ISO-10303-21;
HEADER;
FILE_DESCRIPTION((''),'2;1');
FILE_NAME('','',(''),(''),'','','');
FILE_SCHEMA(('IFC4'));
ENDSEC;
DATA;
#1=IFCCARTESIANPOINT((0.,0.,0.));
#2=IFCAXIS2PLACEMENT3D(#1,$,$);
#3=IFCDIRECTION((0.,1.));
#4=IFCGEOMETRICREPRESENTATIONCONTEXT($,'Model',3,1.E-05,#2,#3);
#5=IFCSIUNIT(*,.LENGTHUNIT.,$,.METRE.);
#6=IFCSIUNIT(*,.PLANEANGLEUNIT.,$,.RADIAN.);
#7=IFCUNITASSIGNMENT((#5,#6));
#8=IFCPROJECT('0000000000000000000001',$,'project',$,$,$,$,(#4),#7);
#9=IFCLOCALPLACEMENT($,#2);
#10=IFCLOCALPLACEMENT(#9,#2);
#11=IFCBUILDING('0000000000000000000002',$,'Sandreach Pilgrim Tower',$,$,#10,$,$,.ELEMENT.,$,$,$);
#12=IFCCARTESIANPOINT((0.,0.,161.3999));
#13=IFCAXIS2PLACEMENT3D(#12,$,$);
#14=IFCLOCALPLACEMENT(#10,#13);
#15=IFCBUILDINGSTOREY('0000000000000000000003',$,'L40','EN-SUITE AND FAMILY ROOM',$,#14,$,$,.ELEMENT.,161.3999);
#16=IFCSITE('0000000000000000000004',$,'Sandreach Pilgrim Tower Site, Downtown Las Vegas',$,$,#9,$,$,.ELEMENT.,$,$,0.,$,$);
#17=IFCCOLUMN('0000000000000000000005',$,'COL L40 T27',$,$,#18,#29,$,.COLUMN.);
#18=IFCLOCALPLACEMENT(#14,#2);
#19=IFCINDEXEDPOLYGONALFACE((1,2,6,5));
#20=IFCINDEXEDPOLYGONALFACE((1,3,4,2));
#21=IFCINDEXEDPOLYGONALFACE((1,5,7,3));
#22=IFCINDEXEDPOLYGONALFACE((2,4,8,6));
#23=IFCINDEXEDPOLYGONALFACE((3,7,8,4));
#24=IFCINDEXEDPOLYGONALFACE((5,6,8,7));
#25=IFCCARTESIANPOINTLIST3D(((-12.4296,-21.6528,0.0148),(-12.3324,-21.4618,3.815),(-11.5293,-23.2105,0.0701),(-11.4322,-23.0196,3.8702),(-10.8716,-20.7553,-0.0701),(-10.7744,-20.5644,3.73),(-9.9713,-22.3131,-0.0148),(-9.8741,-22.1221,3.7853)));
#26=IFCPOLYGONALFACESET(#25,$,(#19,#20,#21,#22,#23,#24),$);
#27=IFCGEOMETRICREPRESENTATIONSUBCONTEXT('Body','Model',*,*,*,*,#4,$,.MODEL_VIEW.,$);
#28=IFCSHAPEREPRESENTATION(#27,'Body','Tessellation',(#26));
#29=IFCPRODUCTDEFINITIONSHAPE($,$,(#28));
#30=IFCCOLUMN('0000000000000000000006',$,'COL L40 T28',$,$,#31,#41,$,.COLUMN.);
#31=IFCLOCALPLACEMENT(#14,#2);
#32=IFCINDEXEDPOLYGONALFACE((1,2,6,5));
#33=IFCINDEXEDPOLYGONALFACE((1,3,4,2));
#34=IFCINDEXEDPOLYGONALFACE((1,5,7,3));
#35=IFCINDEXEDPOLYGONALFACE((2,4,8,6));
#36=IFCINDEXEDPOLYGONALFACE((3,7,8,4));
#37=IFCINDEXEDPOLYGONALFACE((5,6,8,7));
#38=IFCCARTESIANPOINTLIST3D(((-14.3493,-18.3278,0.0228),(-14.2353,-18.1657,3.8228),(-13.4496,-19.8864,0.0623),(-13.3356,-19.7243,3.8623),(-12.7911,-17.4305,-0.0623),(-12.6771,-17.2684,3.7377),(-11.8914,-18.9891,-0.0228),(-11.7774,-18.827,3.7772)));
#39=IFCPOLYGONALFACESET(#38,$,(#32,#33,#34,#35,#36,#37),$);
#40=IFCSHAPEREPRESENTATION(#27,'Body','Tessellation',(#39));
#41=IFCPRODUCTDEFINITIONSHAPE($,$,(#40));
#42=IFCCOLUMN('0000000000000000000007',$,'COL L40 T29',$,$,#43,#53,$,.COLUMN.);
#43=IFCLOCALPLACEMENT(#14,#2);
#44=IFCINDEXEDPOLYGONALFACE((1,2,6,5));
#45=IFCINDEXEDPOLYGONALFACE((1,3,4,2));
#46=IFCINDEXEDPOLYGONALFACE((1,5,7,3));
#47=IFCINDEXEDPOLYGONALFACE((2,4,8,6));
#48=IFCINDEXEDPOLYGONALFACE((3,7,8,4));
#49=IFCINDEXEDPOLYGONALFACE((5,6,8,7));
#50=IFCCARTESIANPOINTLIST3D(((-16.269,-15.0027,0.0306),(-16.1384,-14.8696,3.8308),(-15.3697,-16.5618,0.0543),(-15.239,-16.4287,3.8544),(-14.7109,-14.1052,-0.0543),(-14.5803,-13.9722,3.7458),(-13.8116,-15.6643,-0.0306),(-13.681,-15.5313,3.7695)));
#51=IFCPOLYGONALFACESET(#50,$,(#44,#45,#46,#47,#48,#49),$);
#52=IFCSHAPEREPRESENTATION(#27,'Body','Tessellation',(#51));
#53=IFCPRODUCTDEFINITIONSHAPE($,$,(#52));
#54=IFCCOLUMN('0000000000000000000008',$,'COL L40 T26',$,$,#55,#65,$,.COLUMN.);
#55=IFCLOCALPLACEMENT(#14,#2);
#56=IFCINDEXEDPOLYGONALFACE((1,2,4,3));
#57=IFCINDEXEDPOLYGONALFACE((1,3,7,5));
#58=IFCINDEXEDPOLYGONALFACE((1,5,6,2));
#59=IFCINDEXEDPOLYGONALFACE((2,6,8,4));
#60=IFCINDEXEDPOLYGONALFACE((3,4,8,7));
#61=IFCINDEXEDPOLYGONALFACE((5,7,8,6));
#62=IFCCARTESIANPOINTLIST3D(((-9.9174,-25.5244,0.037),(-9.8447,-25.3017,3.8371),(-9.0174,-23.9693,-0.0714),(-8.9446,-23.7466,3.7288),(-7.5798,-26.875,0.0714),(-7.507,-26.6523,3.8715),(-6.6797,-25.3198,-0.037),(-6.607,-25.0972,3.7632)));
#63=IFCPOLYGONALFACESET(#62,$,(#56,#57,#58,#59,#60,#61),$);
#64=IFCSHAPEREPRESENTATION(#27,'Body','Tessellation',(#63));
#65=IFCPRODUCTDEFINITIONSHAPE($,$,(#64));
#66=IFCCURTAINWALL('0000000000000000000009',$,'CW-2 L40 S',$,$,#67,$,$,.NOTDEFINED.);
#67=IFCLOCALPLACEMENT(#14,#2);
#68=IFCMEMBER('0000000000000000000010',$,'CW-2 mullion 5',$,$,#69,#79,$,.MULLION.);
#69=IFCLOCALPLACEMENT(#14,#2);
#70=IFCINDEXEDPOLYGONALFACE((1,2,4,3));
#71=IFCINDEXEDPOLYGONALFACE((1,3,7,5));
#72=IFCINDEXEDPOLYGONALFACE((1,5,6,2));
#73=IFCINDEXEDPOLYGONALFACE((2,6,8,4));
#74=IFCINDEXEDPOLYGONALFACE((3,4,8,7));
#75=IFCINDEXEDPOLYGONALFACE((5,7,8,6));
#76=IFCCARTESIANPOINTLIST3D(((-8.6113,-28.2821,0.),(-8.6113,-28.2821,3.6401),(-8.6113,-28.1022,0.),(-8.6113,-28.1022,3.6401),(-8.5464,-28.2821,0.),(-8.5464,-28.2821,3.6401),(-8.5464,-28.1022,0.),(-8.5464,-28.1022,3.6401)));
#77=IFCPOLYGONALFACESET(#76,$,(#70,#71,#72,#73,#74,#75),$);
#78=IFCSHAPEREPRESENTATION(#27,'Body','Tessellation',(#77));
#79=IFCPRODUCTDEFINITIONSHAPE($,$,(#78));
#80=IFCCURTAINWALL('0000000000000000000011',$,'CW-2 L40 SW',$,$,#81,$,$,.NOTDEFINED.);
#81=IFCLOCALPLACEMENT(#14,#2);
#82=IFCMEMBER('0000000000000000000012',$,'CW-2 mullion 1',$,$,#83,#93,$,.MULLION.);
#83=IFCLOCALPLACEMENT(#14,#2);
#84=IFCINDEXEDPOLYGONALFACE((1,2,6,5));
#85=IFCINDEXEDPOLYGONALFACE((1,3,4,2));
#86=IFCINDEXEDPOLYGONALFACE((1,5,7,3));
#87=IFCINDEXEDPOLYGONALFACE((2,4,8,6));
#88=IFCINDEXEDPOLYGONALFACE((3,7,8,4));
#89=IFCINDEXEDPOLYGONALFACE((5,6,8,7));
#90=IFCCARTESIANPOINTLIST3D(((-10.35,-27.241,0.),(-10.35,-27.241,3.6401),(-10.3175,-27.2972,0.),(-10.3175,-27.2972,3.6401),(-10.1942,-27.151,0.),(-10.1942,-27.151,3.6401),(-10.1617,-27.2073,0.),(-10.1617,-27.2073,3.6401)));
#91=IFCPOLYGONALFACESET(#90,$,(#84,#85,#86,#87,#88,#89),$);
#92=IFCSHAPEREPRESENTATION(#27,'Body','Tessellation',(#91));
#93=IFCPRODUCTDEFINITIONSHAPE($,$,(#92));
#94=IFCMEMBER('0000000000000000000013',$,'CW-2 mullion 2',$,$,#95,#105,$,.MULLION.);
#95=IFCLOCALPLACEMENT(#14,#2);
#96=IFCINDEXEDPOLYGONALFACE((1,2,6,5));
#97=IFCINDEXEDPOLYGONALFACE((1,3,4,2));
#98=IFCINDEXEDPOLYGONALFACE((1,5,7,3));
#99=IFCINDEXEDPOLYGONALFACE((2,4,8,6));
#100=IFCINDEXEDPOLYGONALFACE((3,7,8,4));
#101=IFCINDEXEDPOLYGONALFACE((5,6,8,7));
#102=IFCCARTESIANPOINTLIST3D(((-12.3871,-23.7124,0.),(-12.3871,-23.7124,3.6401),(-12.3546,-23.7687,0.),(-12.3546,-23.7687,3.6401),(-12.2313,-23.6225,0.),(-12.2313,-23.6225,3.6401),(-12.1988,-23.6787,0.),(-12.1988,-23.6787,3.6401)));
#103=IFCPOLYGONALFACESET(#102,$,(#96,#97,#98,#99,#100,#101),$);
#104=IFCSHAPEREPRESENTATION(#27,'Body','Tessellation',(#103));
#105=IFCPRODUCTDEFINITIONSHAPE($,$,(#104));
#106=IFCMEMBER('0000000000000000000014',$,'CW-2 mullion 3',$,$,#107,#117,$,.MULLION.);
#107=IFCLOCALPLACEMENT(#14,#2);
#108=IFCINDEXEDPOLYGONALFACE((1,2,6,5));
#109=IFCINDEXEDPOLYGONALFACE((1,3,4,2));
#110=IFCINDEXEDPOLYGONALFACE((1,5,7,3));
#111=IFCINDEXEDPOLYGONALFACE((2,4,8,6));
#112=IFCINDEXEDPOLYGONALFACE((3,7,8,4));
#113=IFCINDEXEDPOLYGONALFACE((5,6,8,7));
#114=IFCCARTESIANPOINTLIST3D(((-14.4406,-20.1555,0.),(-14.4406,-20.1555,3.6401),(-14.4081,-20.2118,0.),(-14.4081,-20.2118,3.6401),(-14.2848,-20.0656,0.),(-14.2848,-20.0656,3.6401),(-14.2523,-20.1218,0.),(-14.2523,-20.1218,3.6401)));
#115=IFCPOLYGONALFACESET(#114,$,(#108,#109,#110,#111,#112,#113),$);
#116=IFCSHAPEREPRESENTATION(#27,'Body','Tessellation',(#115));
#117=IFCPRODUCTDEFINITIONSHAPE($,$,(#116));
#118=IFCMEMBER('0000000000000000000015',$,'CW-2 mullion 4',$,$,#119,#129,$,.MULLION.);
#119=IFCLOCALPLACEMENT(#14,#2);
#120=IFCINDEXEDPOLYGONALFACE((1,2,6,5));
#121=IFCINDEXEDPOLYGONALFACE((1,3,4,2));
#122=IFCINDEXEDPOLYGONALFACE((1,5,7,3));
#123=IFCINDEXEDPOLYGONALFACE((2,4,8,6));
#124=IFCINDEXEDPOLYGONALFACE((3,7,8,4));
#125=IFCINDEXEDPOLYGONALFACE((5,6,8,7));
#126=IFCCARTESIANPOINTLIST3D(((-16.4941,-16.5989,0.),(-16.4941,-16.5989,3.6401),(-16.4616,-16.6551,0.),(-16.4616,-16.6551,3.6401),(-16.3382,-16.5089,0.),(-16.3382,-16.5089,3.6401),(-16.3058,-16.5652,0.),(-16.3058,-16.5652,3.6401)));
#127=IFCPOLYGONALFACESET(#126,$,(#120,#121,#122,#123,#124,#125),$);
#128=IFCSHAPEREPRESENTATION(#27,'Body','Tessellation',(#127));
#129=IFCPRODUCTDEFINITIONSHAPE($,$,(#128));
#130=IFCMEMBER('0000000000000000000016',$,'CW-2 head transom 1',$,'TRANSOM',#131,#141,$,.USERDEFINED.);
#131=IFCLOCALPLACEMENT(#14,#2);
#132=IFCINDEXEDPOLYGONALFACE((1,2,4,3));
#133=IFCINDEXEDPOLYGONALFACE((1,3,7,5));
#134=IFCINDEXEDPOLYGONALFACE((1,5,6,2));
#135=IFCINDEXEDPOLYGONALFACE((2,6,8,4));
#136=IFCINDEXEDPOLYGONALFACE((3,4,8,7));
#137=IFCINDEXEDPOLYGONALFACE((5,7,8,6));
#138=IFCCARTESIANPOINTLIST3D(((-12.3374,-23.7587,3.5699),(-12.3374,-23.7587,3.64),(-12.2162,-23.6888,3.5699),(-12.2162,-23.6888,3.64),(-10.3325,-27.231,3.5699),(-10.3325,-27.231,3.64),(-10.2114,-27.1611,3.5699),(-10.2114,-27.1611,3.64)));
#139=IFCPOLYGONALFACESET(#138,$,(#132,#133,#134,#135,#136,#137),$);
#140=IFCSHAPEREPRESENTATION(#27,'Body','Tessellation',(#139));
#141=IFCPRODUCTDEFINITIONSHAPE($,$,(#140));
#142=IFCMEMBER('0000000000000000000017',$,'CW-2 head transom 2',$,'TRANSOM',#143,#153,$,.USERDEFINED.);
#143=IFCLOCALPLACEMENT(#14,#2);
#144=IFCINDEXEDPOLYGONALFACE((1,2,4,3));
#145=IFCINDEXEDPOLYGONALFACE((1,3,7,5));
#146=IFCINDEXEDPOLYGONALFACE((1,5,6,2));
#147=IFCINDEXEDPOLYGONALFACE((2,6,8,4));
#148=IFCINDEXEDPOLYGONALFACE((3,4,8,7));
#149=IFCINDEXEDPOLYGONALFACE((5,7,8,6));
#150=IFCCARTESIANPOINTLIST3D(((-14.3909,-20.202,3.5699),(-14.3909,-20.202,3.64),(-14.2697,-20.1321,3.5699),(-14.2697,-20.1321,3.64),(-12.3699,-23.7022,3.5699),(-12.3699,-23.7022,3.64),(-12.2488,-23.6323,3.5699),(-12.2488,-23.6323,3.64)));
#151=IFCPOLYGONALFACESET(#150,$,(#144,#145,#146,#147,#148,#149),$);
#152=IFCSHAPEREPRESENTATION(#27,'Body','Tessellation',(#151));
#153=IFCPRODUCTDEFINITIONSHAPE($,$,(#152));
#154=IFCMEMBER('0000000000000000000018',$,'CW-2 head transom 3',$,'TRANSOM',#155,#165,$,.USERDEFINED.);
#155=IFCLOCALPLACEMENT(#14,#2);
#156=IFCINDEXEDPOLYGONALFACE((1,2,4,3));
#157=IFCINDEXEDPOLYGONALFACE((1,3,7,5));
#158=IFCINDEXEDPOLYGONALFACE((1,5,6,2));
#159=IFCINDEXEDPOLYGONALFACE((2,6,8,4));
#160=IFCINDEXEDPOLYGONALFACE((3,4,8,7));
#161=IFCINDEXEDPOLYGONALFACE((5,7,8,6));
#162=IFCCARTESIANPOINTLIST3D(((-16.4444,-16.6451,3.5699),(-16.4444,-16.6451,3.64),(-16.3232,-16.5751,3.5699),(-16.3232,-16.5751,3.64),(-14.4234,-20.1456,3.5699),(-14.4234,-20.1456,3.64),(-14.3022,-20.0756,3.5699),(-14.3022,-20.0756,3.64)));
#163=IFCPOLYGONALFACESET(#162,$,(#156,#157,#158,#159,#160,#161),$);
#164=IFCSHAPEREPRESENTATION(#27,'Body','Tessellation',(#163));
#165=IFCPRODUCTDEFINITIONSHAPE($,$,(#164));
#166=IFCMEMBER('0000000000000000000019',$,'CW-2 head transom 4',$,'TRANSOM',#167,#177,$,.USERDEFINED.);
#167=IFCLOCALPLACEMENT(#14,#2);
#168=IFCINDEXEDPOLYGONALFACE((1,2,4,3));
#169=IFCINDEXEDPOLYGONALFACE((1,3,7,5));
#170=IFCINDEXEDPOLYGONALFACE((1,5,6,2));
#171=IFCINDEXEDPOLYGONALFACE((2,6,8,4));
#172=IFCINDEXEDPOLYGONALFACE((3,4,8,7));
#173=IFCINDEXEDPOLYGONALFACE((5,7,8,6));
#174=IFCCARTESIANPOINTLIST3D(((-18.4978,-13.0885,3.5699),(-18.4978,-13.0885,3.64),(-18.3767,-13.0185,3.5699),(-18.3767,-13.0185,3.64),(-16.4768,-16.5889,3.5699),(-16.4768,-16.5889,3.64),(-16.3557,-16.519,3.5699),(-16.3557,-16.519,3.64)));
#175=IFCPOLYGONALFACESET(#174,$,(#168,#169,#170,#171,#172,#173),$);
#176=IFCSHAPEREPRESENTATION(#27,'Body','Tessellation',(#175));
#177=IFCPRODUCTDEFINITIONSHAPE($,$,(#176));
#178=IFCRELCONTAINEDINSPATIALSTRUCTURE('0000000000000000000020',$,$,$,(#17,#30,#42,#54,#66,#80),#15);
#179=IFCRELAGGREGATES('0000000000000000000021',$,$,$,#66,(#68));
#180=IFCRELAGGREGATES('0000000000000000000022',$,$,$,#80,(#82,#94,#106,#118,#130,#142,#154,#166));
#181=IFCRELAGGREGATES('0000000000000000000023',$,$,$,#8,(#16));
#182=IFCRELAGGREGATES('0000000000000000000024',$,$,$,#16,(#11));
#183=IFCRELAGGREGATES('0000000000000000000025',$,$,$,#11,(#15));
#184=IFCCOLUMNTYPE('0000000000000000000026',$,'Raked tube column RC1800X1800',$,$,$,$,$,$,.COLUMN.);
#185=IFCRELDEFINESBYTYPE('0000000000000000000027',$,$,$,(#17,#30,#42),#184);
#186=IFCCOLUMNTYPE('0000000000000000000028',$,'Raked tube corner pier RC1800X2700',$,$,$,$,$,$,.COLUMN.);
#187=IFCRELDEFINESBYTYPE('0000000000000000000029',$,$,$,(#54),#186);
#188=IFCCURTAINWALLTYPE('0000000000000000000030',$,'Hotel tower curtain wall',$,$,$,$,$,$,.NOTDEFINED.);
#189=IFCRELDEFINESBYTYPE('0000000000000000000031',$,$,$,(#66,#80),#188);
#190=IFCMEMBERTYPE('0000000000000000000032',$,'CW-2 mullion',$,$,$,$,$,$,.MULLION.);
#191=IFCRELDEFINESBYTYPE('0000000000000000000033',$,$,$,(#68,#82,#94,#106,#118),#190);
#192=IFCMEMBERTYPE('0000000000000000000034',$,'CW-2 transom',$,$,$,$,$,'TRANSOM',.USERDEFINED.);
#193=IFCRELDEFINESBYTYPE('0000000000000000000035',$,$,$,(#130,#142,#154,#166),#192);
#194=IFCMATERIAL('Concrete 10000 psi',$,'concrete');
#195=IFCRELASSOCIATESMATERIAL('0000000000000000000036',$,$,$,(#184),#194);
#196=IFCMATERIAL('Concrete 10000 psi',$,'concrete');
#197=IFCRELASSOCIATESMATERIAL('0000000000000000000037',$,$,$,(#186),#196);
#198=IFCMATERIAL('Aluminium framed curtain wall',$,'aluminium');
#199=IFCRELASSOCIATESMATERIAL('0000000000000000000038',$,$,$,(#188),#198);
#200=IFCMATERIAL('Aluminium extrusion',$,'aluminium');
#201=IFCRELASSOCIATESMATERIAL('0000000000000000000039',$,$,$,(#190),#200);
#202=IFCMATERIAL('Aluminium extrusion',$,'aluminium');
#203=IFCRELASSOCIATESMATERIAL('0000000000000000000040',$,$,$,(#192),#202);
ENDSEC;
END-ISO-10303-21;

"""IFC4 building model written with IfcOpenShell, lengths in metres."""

from ifc_helpers import new_model, si_unit, direction, frame, origin, origin_2d, place, context, subcontext, project, spatial, rectangle, extrude, material, material_profile, profile_set, type_object, element, aggregate, save


model = new_model("IFC4")

# Units and contexts
model_context = context("Model", 3, precision=1e-05, world=origin(), true_north=direction((0.0, 1.0)))
body_context = subcontext(model_context, "Body", "Model", "MODEL_VIEW")
ifc_project = project(units=[si_unit("LENGTHUNIT", "METRE"), si_unit("PLANEANGLEUNIT", "RADIAN")], contexts=[model_context])

# Site, building, storey
site_placement = place(None, origin())
site = spatial("IfcSite", under=ifc_project, at=site_placement, Name="Sandreach Pilgrim Tower Site, Downtown Las Vegas", CompositionType="ELEMENT", RefElevation=0.0)
building_placement = place(site_placement, origin())
building = spatial("IfcBuilding", under=site, at=building_placement, Name="Sandreach Pilgrim Tower", CompositionType="ELEMENT")
storey_placement = place(building_placement, frame((0.0, 0.0, 161.3999)))
storey = spatial("IfcBuildingStorey", under=building, at=storey_placement, Name="L40", Description="EN-SUITE AND FAMILY ROOM", CompositionType="ELEMENT", Elevation=161.3999)

# Columns
ifc_material_1 = material(Name="Concrete 10000 psi", Category="concrete")
ifc_material_profile_1 = material_profile(ifc_material_1, rectangle(XDim=1.8, YDim=1.8, at=origin_2d()), Name="RC1800X1800")
ifc_profile_set_1 = profile_set([ifc_material_profile_1], Name="Concrete 10000 psi")
column_type_1 = type_object("IfcColumnType", Name="Raked tube column RC1800X1800", PredefinedType="COLUMN", material=ifc_profile_set_1)
column_1_placement = place(storey_placement, frame((-11.2004, -21.9829, 0.0), z_axis=(0.02553, 0.050161, 0.998415), x_axis=(-0.865565, -0.498569, 0.047181)))
element("IfcColumn", 1, at=column_1_placement, inside=storey, type_object=column_type_1, Name="COL L40 T27", PredefinedType="COLUMN", context=body_context, shape_type="SweptSolid", body=[
    extrude(rectangle(XDim=1.8, YDim=1.8, at=origin_2d()), origin(), (0.0, 0.0, 1.0), 3.8062),
])
column_2_placement = place(storey_placement, frame((-13.1204, -18.6584, 0.0), z_axis=(0.029962, 0.042602, 0.998643), x_axis=(-0.865618, -0.498472, 0.047236)))
element("IfcColumn", 2, at=column_2_placement, inside=storey, type_object=column_type_1, Name="COL L40 T28", PredefinedType="COLUMN", context=body_context, shape_type="SweptSolid", body=[
    extrude(rectangle(XDim=1.8, YDim=1.8, at=origin_2d()), origin(), (0.0, 0.0, 1.0), 3.8052),
])
column_3_placement = place(storey_placement, frame((-15.0403, -15.3335, 0.0), z_axis=(0.034331, 0.034972, 0.998798), x_axis=(-0.865569, -0.49856, 0.047208)))
element("IfcColumn", 3, at=column_3_placement, inside=storey, type_object=column_type_1, Name="COL L40 T29", PredefinedType="COLUMN", context=body_context, shape_type="SweptSolid", body=[
    extrude(rectangle(XDim=1.8, YDim=1.8, at=origin_2d()), origin(), (0.0, 0.0, 1.0), 3.8047),
])
ifc_material_2 = material(Name="Concrete 10000 psi", Category="concrete")
ifc_material_profile_2 = material_profile(ifc_material_2, rectangle(XDim=1.8, YDim=2.7, at=origin_2d()), Name="RC1800X2700")
ifc_profile_set_2 = profile_set([ifc_material_profile_2], Name="Concrete 10000 psi")
column_type_2 = type_object("IfcColumnType", Name="Raked tube corner pier RC1800X2700", PredefinedType="COLUMN", material=ifc_profile_set_2)
column_4_placement = place(storey_placement, frame((-8.2986, -25.4221, 0.0), z_axis=(0.019109, 0.058482, 0.998106), x_axis=(-0.500013, -0.863924, 0.060193)))
element("IfcColumn", 4, at=column_4_placement, inside=storey, type_object=column_type_2, Name="COL L40 T26", PredefinedType="COLUMN", context=body_context, shape_type="SweptSolid", body=[
    extrude(rectangle(XDim=1.8, YDim=2.7, at=origin_2d()), origin(), (0.0, 0.0, 1.0), 3.8074),
])

# Curtain wall, member
ifc_material_3 = material(Name="Aluminium framed curtain wall", Category="aluminium")
curtain_wall_type = type_object("IfcCurtainWallType", Name="Hotel tower curtain wall", PredefinedType="NOTDEFINED", material=ifc_material_3)
curtain_wall_1_placement = place(storey_placement, origin())
curtain_wall_1 = element("IfcCurtainWall", 5, at=curtain_wall_1_placement, inside=storey, type_object=curtain_wall_type, Name="CW-2 L40 S", PredefinedType="NOTDEFINED")
ifc_material_4 = material(Name="Aluminium extrusion", Category="aluminium")
ifc_material_profile_3 = material_profile(ifc_material_4, rectangle(XDim=0.0649, YDim=0.1799, at=origin_2d()), Name="CW-2M 65X180")
ifc_profile_set_3 = profile_set([ifc_material_profile_3], Name="Aluminium extrusion")
member_type_1 = type_object("IfcMemberType", Name="CW-2 mullion", PredefinedType="MULLION", material=ifc_profile_set_3)
member_1_placement = place(storey_placement, frame((-8.5789, -28.1921, 0.0), z_axis=(0.0, 0.0, 1.0), x_axis=(-1.0, 0.0, 0.0)))
member_1 = element("IfcMember", 6, at=member_1_placement, type_object=member_type_1, Name="CW-2 mullion 5", PredefinedType="MULLION", context=body_context, shape_type="SweptSolid", body=[
    extrude(rectangle(XDim=0.0649, YDim=0.1799, at=origin_2d()), origin(), (0.0, 0.0, 1.0), 3.6401),
])
aggregate(curtain_wall_1, [member_1])

# Curtain wall, members
curtain_wall_2_placement = place(storey_placement, origin())
curtain_wall_2 = element("IfcCurtainWall", 7, at=curtain_wall_2_placement, inside=storey, type_object=curtain_wall_type, Name="CW-2 L40 SW", PredefinedType="NOTDEFINED")
member_2_placement = place(storey_placement, frame((-10.2559, -27.2241, 0.0), z_axis=(0.0, 0.0, 1.0), x_axis=(-0.5, 0.866025, 0.0)))
member_2 = element("IfcMember", 8, at=member_2_placement, type_object=member_type_1, Name="CW-2 mullion 1", PredefinedType="MULLION", context=body_context, shape_type="SweptSolid", body=[
    extrude(rectangle(XDim=0.0649, YDim=0.1799, at=origin_2d()), origin(), (0.0, 0.0, 1.0), 3.6401),
])
member_3_placement = place(storey_placement, frame((-12.293, -23.6956, 0.0), z_axis=(0.0, 0.0, 1.0), x_axis=(-0.5, 0.866025, 0.0)))
member_3 = element("IfcMember", 9, at=member_3_placement, type_object=member_type_1, Name="CW-2 mullion 2", PredefinedType="MULLION", context=body_context, shape_type="SweptSolid", body=[
    extrude(rectangle(XDim=0.0649, YDim=0.1799, at=origin_2d()), origin(), (0.0, 0.0, 1.0), 3.6401),
])
member_4_placement = place(storey_placement, frame((-14.3464, -20.1387, 0.0), z_axis=(0.0, 0.0, 1.0), x_axis=(-0.5, 0.866025, 0.0)))
member_4 = element("IfcMember", 10, at=member_4_placement, type_object=member_type_1, Name="CW-2 mullion 3", PredefinedType="MULLION", context=body_context, shape_type="SweptSolid", body=[
    extrude(rectangle(XDim=0.0649, YDim=0.1799, at=origin_2d()), origin(), (0.0, 0.0, 1.0), 3.6401),
])
member_5_placement = place(storey_placement, frame((-16.3999, -16.582, 0.0), z_axis=(0.0, 0.0, 1.0), x_axis=(-0.5, 0.866025, 0.0)))
member_5 = element("IfcMember", 11, at=member_5_placement, type_object=member_type_1, Name="CW-2 mullion 4", PredefinedType="MULLION", context=body_context, shape_type="SweptSolid", body=[
    extrude(rectangle(XDim=0.0649, YDim=0.1799, at=origin_2d()), origin(), (0.0, 0.0, 1.0), 3.6401),
])
ifc_material_5 = material(Name="Aluminium extrusion", Category="aluminium")
ifc_material_profile_4 = material_profile(ifc_material_5, rectangle(XDim=0.1399, YDim=0.0701, at=origin_2d()), Name="CW-2T 140X70")
ifc_profile_set_4 = profile_set([ifc_material_profile_4], Name="Aluminium extrusion")
member_type_2 = type_object("IfcMemberType", Name="CW-2 transom", ElementType="TRANSOM", PredefinedType="USERDEFINED", material=ifc_profile_set_4)
member_6_placement = place(storey_placement, frame((-10.272, -27.196, 3.605), z_axis=(-0.500016, 0.866016, 0.0), x_axis=(-0.866016, -0.500016, 0.0)))
member_6 = element("IfcMember", 12, at=member_6_placement, type_object=member_type_2, Name="CW-2 head transom 1", ObjectType="TRANSOM", PredefinedType="USERDEFINED", context=body_context, shape_type="SweptSolid", body=[
    extrude(rectangle(XDim=0.1399, YDim=0.0701, at=origin_2d()), origin(), (0.0, 0.0, 1.0), 4.0095),
])
member_7_placement = place(storey_placement, frame((-12.3093, -23.6672, 3.605), z_axis=(-0.500024, 0.866012, 0.0), x_axis=(-0.866012, -0.500024, 0.0)))
member_7 = element("IfcMember", 13, at=member_7_placement, type_object=member_type_2, Name="CW-2 head transom 2", ObjectType="TRANSOM", PredefinedType="USERDEFINED", context=body_context, shape_type="SweptSolid", body=[
    extrude(rectangle(XDim=0.1399, YDim=0.0701, at=origin_2d()), origin(), (0.0, 0.0, 1.0), 4.0417),
])
member_8_placement = place(storey_placement, frame((-14.3628, -20.1106, 3.605), z_axis=(-0.499998, 0.866027, 0.0), x_axis=(-0.866027, -0.499998, 0.0)))
member_8 = element("IfcMember", 14, at=member_8_placement, type_object=member_type_2, Name="CW-2 head transom 3", ObjectType="TRANSOM", PredefinedType="USERDEFINED", context=body_context, shape_type="SweptSolid", body=[
    extrude(rectangle(XDim=0.1399, YDim=0.0701, at=origin_2d()), origin(), (0.0, 0.0, 1.0), 4.042),
])
member_9_placement = place(storey_placement, frame((-16.4163, -16.554, 3.605), z_axis=(-0.499998, 0.866027, 0.0), x_axis=(-0.866027, -0.499998, 0.0)))
member_9 = element("IfcMember", 15, at=member_9_placement, type_object=member_type_2, Name="CW-2 head transom 4", ObjectType="TRANSOM", PredefinedType="USERDEFINED", context=body_context, shape_type="SweptSolid", body=[
    extrude(rectangle(XDim=0.1399, YDim=0.0701, at=origin_2d()), origin(), (0.0, 0.0, 1.0), 4.042),
])

aggregate(curtain_wall_2, [member_2, member_3, member_4, member_5, member_6, member_7, member_8, member_9])

save(model, "model.ifc")
